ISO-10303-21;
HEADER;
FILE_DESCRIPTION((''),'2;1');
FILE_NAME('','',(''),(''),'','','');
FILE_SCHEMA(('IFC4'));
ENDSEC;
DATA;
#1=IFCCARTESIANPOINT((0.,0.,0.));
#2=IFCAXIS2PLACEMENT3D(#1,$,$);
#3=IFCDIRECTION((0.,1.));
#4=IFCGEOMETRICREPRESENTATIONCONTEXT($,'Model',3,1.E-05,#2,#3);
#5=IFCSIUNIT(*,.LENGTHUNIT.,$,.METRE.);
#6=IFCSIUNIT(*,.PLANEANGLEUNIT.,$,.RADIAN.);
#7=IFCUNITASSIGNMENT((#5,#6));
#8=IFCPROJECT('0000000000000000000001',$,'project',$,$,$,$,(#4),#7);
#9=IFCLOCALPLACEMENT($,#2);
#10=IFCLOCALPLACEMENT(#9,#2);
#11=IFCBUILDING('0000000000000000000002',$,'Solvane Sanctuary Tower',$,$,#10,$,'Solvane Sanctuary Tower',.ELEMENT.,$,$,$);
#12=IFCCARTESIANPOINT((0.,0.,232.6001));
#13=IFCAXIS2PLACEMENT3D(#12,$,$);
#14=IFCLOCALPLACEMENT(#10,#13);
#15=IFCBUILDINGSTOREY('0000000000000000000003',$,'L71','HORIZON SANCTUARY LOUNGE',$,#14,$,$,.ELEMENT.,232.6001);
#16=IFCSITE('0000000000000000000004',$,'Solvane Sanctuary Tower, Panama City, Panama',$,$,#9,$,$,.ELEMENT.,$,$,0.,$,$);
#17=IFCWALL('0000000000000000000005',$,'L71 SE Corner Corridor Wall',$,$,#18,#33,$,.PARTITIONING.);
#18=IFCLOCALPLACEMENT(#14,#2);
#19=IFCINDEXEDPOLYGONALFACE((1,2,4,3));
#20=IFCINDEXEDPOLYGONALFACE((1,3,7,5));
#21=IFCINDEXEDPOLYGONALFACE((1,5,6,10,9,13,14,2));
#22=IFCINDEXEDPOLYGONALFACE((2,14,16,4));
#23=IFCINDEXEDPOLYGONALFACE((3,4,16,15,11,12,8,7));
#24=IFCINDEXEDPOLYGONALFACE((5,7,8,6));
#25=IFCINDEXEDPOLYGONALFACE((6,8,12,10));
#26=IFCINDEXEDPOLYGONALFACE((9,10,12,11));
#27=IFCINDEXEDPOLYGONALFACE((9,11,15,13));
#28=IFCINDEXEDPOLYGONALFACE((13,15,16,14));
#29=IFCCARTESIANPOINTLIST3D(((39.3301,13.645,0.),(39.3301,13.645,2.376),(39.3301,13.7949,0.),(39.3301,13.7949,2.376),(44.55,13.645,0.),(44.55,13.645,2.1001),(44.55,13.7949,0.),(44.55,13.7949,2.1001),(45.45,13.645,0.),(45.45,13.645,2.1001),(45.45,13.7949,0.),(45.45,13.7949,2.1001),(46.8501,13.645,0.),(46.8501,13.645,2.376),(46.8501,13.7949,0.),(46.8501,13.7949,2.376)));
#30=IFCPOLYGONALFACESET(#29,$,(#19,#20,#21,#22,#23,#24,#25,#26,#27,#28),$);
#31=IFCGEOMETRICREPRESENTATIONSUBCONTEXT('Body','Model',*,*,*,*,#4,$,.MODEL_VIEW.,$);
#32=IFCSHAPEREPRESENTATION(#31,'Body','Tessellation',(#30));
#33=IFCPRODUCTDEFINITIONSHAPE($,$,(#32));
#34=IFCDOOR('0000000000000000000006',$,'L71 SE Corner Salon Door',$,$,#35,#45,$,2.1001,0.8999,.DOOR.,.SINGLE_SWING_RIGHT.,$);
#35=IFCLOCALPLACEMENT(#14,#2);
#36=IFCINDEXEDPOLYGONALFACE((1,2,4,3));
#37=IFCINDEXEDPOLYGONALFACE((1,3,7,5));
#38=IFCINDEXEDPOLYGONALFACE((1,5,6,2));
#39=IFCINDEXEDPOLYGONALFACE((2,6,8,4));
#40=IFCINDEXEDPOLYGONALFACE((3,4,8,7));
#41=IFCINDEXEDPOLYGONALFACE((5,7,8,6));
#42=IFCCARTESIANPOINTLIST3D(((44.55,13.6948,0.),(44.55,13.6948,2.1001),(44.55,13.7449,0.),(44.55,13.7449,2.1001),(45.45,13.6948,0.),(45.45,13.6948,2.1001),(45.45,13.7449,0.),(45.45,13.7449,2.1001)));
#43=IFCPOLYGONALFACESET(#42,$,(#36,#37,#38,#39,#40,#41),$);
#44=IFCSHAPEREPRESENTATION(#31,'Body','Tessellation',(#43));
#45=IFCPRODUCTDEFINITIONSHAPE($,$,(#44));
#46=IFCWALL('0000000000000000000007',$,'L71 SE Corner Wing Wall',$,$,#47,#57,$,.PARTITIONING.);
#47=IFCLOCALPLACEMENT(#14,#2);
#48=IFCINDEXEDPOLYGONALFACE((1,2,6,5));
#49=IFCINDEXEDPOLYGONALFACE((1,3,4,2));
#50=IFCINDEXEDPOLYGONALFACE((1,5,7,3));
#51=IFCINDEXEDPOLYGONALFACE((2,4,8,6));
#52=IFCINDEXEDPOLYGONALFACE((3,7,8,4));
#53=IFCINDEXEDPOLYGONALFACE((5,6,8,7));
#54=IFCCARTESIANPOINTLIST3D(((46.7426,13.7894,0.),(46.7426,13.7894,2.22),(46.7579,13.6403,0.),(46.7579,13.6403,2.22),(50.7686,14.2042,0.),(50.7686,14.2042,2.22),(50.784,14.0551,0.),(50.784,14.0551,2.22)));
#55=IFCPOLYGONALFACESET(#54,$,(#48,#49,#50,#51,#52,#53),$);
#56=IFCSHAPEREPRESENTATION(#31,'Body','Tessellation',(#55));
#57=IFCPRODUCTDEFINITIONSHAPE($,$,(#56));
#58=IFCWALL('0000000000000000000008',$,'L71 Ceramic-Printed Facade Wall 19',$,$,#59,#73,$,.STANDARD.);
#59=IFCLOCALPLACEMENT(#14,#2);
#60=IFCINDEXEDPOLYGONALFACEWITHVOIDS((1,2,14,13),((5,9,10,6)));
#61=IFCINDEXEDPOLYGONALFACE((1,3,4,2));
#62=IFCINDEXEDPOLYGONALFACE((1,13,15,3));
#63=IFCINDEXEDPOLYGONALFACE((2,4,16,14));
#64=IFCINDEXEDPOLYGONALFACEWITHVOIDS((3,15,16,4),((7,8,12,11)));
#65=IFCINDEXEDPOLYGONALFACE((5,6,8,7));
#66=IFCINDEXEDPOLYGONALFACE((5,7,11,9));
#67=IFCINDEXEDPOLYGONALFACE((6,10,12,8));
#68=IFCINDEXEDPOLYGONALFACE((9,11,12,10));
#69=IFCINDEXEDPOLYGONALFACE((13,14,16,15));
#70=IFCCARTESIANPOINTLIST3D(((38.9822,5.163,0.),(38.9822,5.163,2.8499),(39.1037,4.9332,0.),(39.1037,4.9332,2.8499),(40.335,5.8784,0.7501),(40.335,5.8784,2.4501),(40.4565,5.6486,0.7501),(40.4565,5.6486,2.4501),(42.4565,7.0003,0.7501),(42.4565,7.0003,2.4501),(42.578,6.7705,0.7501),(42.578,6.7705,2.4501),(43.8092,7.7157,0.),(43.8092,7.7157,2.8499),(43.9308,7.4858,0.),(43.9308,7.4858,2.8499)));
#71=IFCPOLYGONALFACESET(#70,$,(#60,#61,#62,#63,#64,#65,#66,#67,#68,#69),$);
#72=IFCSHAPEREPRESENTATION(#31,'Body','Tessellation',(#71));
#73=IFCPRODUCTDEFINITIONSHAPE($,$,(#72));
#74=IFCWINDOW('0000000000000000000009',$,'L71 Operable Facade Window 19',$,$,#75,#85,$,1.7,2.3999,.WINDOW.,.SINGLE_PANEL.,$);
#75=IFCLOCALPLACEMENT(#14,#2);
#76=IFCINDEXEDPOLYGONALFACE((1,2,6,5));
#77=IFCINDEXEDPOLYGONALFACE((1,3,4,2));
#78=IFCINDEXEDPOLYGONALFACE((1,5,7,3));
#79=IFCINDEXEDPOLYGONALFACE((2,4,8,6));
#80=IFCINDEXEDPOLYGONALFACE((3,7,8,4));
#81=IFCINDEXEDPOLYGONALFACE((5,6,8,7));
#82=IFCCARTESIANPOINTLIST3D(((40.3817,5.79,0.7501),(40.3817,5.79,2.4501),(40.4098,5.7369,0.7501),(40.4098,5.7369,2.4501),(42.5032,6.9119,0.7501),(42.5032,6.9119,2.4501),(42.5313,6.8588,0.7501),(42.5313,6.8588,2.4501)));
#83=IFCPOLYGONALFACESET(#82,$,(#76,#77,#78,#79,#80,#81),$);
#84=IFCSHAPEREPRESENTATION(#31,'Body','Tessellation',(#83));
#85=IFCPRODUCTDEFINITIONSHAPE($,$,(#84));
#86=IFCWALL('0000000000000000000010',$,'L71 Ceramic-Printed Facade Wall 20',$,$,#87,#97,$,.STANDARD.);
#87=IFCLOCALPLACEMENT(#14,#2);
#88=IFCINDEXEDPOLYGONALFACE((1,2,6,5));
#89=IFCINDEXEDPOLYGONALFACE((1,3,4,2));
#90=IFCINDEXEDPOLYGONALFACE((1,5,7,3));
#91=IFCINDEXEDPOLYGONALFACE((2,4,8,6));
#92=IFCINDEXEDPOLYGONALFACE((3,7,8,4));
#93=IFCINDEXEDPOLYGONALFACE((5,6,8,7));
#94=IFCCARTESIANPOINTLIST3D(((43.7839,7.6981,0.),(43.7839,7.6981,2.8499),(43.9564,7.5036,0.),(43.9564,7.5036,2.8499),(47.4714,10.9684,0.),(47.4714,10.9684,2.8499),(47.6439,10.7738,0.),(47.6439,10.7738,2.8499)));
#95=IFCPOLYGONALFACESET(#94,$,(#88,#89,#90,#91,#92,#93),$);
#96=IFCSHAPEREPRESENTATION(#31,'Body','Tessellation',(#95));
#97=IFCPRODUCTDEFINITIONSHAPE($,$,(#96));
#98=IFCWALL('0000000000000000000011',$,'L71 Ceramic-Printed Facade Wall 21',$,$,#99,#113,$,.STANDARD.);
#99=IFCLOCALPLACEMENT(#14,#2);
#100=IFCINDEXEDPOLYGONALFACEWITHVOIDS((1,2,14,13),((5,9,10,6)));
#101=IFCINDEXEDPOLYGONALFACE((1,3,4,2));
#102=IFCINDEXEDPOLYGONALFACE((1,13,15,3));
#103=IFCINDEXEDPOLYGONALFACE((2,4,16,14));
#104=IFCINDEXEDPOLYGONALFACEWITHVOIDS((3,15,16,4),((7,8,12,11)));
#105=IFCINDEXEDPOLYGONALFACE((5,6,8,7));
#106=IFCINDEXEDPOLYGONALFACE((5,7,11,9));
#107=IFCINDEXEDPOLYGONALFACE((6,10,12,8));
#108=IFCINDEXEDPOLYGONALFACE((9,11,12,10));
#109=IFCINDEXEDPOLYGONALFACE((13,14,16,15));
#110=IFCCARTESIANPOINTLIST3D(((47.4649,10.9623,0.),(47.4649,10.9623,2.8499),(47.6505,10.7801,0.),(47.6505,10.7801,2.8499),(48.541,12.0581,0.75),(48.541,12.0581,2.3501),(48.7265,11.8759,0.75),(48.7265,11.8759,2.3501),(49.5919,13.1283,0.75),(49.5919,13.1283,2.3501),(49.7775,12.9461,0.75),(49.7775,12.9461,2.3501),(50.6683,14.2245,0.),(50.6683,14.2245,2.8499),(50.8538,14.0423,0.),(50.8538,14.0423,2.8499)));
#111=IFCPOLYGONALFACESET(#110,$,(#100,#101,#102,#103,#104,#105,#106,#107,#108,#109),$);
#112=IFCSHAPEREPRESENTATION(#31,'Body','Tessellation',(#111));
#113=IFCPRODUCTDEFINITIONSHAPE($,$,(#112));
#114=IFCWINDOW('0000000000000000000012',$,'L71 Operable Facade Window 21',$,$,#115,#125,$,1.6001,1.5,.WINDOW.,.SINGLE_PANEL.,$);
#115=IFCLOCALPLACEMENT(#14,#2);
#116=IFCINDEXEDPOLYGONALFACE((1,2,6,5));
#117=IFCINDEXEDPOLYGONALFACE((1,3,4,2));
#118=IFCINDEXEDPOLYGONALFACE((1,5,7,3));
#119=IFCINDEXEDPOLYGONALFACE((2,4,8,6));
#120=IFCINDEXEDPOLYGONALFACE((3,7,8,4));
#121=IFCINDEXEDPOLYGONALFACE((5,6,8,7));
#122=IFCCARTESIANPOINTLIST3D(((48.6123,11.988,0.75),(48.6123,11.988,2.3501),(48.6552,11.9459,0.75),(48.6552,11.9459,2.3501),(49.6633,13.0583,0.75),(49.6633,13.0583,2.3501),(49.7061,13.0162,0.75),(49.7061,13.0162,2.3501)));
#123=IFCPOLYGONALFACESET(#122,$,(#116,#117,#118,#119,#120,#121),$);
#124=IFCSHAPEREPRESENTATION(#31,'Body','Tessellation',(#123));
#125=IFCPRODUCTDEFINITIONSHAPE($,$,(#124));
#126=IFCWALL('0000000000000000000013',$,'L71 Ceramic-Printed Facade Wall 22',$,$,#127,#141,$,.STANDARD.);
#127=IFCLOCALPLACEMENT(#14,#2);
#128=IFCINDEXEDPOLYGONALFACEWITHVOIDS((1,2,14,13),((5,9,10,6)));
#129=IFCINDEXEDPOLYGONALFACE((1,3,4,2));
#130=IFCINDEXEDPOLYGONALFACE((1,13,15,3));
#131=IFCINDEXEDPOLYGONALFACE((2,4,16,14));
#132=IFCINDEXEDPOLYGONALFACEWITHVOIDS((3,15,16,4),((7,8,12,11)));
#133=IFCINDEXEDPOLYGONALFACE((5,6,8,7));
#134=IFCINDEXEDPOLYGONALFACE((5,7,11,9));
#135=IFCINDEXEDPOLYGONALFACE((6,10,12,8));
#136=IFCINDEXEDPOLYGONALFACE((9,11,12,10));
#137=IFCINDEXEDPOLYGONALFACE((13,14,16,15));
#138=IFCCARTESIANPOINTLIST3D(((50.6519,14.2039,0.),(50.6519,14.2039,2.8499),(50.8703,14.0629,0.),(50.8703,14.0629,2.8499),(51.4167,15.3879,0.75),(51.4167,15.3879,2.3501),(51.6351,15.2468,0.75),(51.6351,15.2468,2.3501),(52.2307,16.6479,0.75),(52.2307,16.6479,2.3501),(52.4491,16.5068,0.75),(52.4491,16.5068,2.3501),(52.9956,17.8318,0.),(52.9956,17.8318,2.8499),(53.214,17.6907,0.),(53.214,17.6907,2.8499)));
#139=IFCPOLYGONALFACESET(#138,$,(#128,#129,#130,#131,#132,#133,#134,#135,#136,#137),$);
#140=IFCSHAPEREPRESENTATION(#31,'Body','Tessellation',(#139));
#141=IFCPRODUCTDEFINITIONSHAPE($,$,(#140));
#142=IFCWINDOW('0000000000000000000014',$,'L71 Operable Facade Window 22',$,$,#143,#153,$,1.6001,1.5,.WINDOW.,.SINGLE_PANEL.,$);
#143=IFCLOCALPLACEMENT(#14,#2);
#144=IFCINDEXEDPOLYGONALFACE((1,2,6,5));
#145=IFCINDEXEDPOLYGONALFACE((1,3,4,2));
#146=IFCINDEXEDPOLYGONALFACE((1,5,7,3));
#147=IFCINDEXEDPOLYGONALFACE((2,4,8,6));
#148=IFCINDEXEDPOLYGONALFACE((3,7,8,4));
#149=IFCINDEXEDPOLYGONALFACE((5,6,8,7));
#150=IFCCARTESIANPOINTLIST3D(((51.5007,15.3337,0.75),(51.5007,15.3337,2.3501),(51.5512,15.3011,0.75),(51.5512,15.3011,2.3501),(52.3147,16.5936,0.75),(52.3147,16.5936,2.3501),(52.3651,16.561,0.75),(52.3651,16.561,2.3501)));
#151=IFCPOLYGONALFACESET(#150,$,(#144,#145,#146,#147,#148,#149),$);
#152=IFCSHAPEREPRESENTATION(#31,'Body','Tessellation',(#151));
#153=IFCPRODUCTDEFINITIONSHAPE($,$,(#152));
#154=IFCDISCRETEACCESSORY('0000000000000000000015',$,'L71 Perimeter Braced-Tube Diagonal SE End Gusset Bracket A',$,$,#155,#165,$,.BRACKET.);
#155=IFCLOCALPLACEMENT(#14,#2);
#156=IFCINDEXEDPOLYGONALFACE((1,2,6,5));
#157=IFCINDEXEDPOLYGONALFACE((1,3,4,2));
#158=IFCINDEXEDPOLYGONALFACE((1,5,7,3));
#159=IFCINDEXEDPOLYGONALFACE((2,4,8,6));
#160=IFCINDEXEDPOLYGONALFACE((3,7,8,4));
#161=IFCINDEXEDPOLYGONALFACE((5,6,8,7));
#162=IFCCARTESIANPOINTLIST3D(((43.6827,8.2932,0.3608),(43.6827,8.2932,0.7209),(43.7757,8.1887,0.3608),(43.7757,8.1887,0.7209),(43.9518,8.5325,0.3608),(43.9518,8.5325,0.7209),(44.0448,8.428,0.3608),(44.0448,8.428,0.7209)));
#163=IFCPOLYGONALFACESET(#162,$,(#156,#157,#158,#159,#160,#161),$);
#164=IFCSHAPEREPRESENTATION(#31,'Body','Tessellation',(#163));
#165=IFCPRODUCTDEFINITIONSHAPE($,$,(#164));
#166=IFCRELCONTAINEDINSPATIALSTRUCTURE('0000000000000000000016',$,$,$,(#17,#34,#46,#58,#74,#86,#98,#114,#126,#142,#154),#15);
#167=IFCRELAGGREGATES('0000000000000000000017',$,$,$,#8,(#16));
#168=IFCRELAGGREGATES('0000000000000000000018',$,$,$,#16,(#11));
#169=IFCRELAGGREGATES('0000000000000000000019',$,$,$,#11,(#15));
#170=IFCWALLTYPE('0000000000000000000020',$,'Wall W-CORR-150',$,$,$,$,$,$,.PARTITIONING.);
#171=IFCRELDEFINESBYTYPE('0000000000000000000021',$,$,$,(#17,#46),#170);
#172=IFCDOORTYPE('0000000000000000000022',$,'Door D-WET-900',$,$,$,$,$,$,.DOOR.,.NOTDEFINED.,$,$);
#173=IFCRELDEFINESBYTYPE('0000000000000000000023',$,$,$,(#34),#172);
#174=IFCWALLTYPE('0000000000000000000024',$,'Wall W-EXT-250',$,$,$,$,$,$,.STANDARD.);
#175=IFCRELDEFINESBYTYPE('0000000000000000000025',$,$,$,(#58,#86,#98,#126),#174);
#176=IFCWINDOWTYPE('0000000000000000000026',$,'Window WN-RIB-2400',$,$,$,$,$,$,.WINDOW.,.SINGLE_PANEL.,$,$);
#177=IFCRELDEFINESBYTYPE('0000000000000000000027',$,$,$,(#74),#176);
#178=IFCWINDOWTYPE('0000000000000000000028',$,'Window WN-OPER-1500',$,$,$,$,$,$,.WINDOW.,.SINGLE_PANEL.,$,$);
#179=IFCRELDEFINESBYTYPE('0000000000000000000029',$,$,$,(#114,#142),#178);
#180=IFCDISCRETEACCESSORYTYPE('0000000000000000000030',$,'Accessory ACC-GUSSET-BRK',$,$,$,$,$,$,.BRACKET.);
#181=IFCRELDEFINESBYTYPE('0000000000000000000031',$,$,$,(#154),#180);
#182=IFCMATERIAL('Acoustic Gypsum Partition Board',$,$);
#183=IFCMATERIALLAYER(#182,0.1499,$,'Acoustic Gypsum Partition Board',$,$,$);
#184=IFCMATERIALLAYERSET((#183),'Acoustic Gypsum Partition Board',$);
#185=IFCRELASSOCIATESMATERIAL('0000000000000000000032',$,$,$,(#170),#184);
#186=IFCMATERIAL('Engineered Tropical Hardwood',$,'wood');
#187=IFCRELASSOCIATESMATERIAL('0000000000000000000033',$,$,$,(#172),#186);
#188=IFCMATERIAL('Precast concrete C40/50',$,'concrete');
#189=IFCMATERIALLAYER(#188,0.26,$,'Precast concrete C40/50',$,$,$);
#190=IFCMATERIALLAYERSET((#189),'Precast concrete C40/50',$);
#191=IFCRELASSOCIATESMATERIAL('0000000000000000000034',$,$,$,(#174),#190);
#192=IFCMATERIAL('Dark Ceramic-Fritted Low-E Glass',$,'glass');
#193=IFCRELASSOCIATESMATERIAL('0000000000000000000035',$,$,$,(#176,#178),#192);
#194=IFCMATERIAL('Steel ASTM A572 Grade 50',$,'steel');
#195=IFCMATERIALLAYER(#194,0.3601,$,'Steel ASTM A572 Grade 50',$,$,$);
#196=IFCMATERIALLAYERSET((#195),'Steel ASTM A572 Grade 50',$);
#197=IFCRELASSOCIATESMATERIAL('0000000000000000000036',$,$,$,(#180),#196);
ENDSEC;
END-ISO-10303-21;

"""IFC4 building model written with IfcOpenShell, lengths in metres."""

from ifc_helpers import new_model, si_unit, direction, frame, frame_2d, origin, origin_2d, place, context, subcontext, project, spatial, rectangle, extrude, material, layer, layer_set, type_object, element, fill, save


model = new_model("IFC4")

# Units and contexts
model_context = context("Model", 3, precision=1e-05, world=origin(), true_north=direction((0.0, 1.0)))
body_context = subcontext(model_context, "Body", "Model", "MODEL_VIEW")
ifc_project = project(units=[si_unit("LENGTHUNIT", "METRE"), si_unit("PLANEANGLEUNIT", "RADIAN")], contexts=[model_context])

# Site, building, storey
site_placement = place(None, origin())
site = spatial("IfcSite", under=ifc_project, at=site_placement, Name="Solvane Sanctuary Tower, Panama City, Panama", CompositionType="ELEMENT", RefElevation=0.0)
building_placement = place(site_placement, origin())
building = spatial("IfcBuilding", under=site, at=building_placement, Name="Solvane Sanctuary Tower", LongName="Solvane Sanctuary Tower", CompositionType="ELEMENT")
storey_placement = place(building_placement, frame((0.0, 0.0, 232.6001)))
storey = spatial("IfcBuildingStorey", under=building, at=storey_placement, Name="L71", Description="HORIZON SANCTUARY LOUNGE", CompositionType="ELEMENT", Elevation=232.6001)

# Wall, opening, door
ifc_material_1 = material(Name="Acoustic Gypsum Partition Board")
ifc_layer_1 = layer(ifc_material_1, 0.1499, Name="Acoustic Gypsum Partition Board")
ifc_layer_set_1 = layer_set([ifc_layer_1], Name="Acoustic Gypsum Partition Board")
wall_type_1 = type_object("IfcWallType", Name="Wall W-CORR-150", PredefinedType="PARTITIONING", material=ifc_layer_set_1)
wall_1_placement = place(storey_placement, frame((39.3301, 13.72, 0.0), z_axis=(0.0, 0.0, 1.0), x_axis=(1.0, 0.0, 0.0)))
wall_1 = element("IfcWall", 1, at=wall_1_placement, inside=storey, type_object=wall_type_1, Name="L71 SE Corner Corridor Wall", PredefinedType="PARTITIONING", context=body_context, shape_type="SweptSolid", body=[
    extrude(rectangle(XDim=7.52, YDim=0.1499, at=frame_2d((3.76, 0.0))), origin(), (0.0, 0.0, 1.0), 2.376),
])
opening_1_placement = place(wall_1_placement, frame((5.22, 0.0, 0.0)))
opening_1 = element("IfcOpeningElement", 2, at=opening_1_placement, cuts=wall_1, PredefinedType="OPENING", context=body_context, shape_type="SweptSolid", body=[
    extrude(rectangle(XDim=0.8999, YDim=2.1001, at=frame_2d((0.45, 1.05))), frame((0.0, 0.085, 0.0), z_axis=(0.0, -1.0, 0.0), x_axis=(1.0, 0.0, 0.0)), (0.0, 0.0, 1.0), 0.1699),
])
ifc_material_2 = material(Name="Engineered Tropical Hardwood", Category="wood")
door_type = type_object("IfcDoorType", Name="Door D-WET-900", OperationType="NOTDEFINED", PredefinedType="DOOR", material=ifc_material_2)
door_placement = place(opening_1_placement, origin())
door = element("IfcDoor", 3, at=door_placement, inside=storey, type_object=door_type, Name="L71 SE Corner Salon Door", OperationType="SINGLE_SWING_RIGHT", OverallHeight=2.1001, OverallWidth=0.8999, PredefinedType="DOOR", context=body_context, shape_type="SweptSolid", body=[
    extrude(rectangle(XDim=0.8999, YDim=2.1001, at=frame_2d((0.45, 1.05))), frame((0.0, 0.0249, 0.0), z_axis=(0.0, -1.0, 0.0), x_axis=(1.0, 0.0, 0.0)), (0.0, 0.0, 1.0), 0.05),
])
fill(opening_1, door)

# Wall
wall_2_placement = place(storey_placement, frame((46.7502, 13.7148, 0.0), z_axis=(0.0, 0.0, 1.0), x_axis=(0.994735, 0.102483, 0.0)))
element("IfcWall", 4, at=wall_2_placement, inside=storey, type_object=wall_type_1, Name="L71 SE Corner Wing Wall", PredefinedType="PARTITIONING", context=body_context, shape_type="SweptSolid", body=[
    extrude(rectangle(XDim=4.0474, YDim=0.1499, at=frame_2d((2.0237, 0.0))), origin(), (0.0, 0.0, 1.0), 2.22),
])

# Wall, opening, window
ifc_material_3 = material(Name="Precast concrete C40/50", Category="concrete")
ifc_layer_2 = layer(ifc_material_3, 0.26, Name="Precast concrete C40/50")
ifc_layer_set_2 = layer_set([ifc_layer_2], Name="Precast concrete C40/50")
wall_type_2 = type_object("IfcWallType", Name="Wall W-EXT-250", PredefinedType="STANDARD", material=ifc_layer_set_2)
wall_3_placement = place(storey_placement, frame((39.043, 5.0481, 0.0), z_axis=(0.0, 0.0, 1.0), x_axis=(0.884001, 0.467485, 0.0)))
wall_3 = element("IfcWall", 5, at=wall_3_placement, inside=storey, type_object=wall_type_2, Name="L71 Ceramic-Printed Facade Wall 19", PredefinedType="STANDARD", context=body_context, shape_type="SweptSolid", body=[
    extrude(rectangle(XDim=5.4604, YDim=0.26, at=frame_2d((2.7302, 0.0))), origin(), (0.0, 0.0, 1.0), 2.8499),
])
opening_2_placement = place(wall_3_placement, frame((1.5303, 0.0, 0.75)))
opening_2 = element("IfcOpeningElement", 6, at=opening_2_placement, cuts=wall_3, PredefinedType="OPENING", context=body_context, shape_type="SweptSolid", body=[
    extrude(rectangle(XDim=2.3999, YDim=1.7, at=frame_2d((1.2, 0.8501))), frame((0.0, 0.1399, 0.0), z_axis=(0.0, -1.0, 0.0), x_axis=(1.0, 0.0, 0.0)), (0.0, 0.0, 1.0), 0.28),
])
ifc_material_4 = material(Name="Dark Ceramic-Fritted Low-E Glass", Category="glass")
window_type_1 = type_object("IfcWindowType", Name="Window WN-RIB-2400", PartitioningType="SINGLE_PANEL", PredefinedType="WINDOW", material=ifc_material_4)
window_1_placement = place(opening_2_placement, origin())
window_1 = element("IfcWindow", 7, at=window_1_placement, inside=storey, type_object=window_type_1, Name="L71 Operable Facade Window 19", OverallHeight=1.7, OverallWidth=2.3999, PartitioningType="SINGLE_PANEL", PredefinedType="WINDOW", context=body_context, shape_type="SweptSolid", body=[
    extrude(rectangle(XDim=2.3999, YDim=1.7, at=frame_2d((1.2, 0.8501))), frame((0.0, 0.03, 0.0), z_axis=(0.0, -1.0, 0.0), x_axis=(1.0, 0.0, 0.0)), (0.0, 0.0, 1.0), 0.0601),
])
fill(opening_2, window_1)

# Wall
wall_4_placement = place(storey_placement, frame((43.8701, 7.6008, 0.0), z_axis=(0.0, 0.0, 1.0), x_axis=(0.748166, 0.663512, 0.0)))
element("IfcWall", 8, at=wall_4_placement, inside=storey, type_object=wall_type_2, Name="L71 Ceramic-Printed Facade Wall 20", PredefinedType="STANDARD", context=body_context, shape_type="SweptSolid", body=[
    extrude(rectangle(XDim=4.9287, YDim=0.26, at=frame_2d((2.4644, 0.0))), origin(), (0.0, 0.0, 1.0), 2.8499),
])

# Walls, openings, windows
wall_5_placement = place(storey_placement, frame((47.5576, 10.8711, 0.0), z_axis=(0.0, 0.0, 1.0), x_axis=(0.700643, 0.713512, 0.0)))
wall_5 = element("IfcWall", 9, at=wall_5_placement, inside=storey, type_object=wall_type_2, Name="L71 Ceramic-Printed Facade Wall 21", PredefinedType="STANDARD", context=body_context, shape_type="SweptSolid", body=[
    extrude(rectangle(XDim=4.572, YDim=0.26, at=frame_2d((2.2861, 0.0))), origin(), (0.0, 0.0, 1.0), 2.8499),
])
opening_3_placement = place(wall_5_placement, frame((1.5359, 0.0, 0.75)))
opening_3 = element("IfcOpeningElement", 10, at=opening_3_placement, cuts=wall_5, PredefinedType="OPENING", context=body_context, shape_type="SweptSolid", body=[
    extrude(rectangle(XDim=1.5, YDim=1.6001, at=frame_2d((0.75, 0.8))), frame((0.0, 0.1399, 0.0), z_axis=(0.0, -1.0, 0.0), x_axis=(1.0, 0.0, 0.0)), (0.0, 0.0, 1.0), 0.28),
])
window_type_2 = type_object("IfcWindowType", Name="Window WN-OPER-1500", PartitioningType="SINGLE_PANEL", PredefinedType="WINDOW", material=ifc_material_4)
window_2_placement = place(opening_3_placement, origin())
window_2 = element("IfcWindow", 11, at=window_2_placement, inside=storey, type_object=window_type_2, Name="L71 Operable Facade Window 21", OverallHeight=1.6001, OverallWidth=1.5, PartitioningType="SINGLE_PANEL", PredefinedType="WINDOW", context=body_context, shape_type="SweptSolid", body=[
    extrude(rectangle(XDim=1.5, YDim=1.6001, at=frame_2d((0.75, 0.8))), frame((0.0, 0.03, 0.0), z_axis=(0.0, -1.0, 0.0), x_axis=(1.0, 0.0, 0.0)), (0.0, 0.0, 1.0), 0.0601),
])
fill(opening_3, window_2)
wall_6_placement = place(storey_placement, frame((50.761, 14.1333, 0.0), z_axis=(0.0, 0.0, 1.0), x_axis=(0.542642, 0.839964, 0.0)))
wall_6 = element("IfcWall", 12, at=wall_6_placement, inside=storey, type_object=wall_type_2, Name="L71 Ceramic-Printed Facade Wall 22", PredefinedType="STANDARD", context=body_context, shape_type="SweptSolid", body=[
    extrude(rectangle(XDim=4.3191, YDim=0.26, at=frame_2d((2.1597, 0.0))), origin(), (0.0, 0.0, 1.0), 2.8499),
])
opening_4_placement = place(wall_6_placement, frame((1.4097, 0.0, 0.75)))
opening_4 = element("IfcOpeningElement", 13, at=opening_4_placement, cuts=wall_6, PredefinedType="OPENING", context=body_context, shape_type="SweptSolid", body=[
    extrude(rectangle(XDim=1.5, YDim=1.6001, at=frame_2d((0.75, 0.8))), frame((0.0, 0.1399, 0.0), z_axis=(0.0, -1.0, 0.0), x_axis=(1.0, 0.0, 0.0)), (0.0, 0.0, 1.0), 0.28),
])
window_3_placement = place(opening_4_placement, origin())
window_3 = element("IfcWindow", 14, at=window_3_placement, inside=storey, type_object=window_type_2, Name="L71 Operable Facade Window 22", OverallHeight=1.6001, OverallWidth=1.5, PartitioningType="SINGLE_PANEL", PredefinedType="WINDOW", context=body_context, shape_type="SweptSolid", body=[
    extrude(rectangle(XDim=1.5, YDim=1.6001, at=frame_2d((0.75, 0.8))), frame((0.0, 0.03, 0.0), z_axis=(0.0, -1.0, 0.0), x_axis=(1.0, 0.0, 0.0)), (0.0, 0.0, 1.0), 0.0601),
])
fill(opening_4, window_3)

# Discrete accessory
ifc_material_5 = material(Name="Steel ASTM A572 Grade 50", Category="steel")
ifc_layer_3 = layer(ifc_material_5, 0.3601, Name="Steel ASTM A572 Grade 50")
ifc_layer_set_3 = layer_set([ifc_layer_3], Name="Steel ASTM A572 Grade 50")
discrete_accessory_type = type_object("IfcDiscreteAccessoryType", Name="Accessory ACC-GUSSET-BRK", PredefinedType="BRACKET", material=ifc_layer_set_3)
for number, where, z_axis, x_axis, name in (
    (15, (43.8638, 8.3606, 0.3608), (0.0, 0.0, 1.0), (0.747218, 0.664579, 0.0), "L71 Perimeter Braced-Tube Diagonal SE End Gusset Bracket A"),
):
    element("IfcDiscreteAccessory", number, at=place(storey_placement, frame(where, z_axis=z_axis, x_axis=x_axis)), inside=storey, type_object=discrete_accessory_type, Name=name, PredefinedType="BRACKET", context=body_context, shape_type="SweptSolid", body=[
        extrude(rectangle(XDim=0.3601, YDim=0.1399, at=origin_2d()), origin(), (0.0, 0.0, 1.0), 0.3601),
    ])

save(model, "model.ifc")
